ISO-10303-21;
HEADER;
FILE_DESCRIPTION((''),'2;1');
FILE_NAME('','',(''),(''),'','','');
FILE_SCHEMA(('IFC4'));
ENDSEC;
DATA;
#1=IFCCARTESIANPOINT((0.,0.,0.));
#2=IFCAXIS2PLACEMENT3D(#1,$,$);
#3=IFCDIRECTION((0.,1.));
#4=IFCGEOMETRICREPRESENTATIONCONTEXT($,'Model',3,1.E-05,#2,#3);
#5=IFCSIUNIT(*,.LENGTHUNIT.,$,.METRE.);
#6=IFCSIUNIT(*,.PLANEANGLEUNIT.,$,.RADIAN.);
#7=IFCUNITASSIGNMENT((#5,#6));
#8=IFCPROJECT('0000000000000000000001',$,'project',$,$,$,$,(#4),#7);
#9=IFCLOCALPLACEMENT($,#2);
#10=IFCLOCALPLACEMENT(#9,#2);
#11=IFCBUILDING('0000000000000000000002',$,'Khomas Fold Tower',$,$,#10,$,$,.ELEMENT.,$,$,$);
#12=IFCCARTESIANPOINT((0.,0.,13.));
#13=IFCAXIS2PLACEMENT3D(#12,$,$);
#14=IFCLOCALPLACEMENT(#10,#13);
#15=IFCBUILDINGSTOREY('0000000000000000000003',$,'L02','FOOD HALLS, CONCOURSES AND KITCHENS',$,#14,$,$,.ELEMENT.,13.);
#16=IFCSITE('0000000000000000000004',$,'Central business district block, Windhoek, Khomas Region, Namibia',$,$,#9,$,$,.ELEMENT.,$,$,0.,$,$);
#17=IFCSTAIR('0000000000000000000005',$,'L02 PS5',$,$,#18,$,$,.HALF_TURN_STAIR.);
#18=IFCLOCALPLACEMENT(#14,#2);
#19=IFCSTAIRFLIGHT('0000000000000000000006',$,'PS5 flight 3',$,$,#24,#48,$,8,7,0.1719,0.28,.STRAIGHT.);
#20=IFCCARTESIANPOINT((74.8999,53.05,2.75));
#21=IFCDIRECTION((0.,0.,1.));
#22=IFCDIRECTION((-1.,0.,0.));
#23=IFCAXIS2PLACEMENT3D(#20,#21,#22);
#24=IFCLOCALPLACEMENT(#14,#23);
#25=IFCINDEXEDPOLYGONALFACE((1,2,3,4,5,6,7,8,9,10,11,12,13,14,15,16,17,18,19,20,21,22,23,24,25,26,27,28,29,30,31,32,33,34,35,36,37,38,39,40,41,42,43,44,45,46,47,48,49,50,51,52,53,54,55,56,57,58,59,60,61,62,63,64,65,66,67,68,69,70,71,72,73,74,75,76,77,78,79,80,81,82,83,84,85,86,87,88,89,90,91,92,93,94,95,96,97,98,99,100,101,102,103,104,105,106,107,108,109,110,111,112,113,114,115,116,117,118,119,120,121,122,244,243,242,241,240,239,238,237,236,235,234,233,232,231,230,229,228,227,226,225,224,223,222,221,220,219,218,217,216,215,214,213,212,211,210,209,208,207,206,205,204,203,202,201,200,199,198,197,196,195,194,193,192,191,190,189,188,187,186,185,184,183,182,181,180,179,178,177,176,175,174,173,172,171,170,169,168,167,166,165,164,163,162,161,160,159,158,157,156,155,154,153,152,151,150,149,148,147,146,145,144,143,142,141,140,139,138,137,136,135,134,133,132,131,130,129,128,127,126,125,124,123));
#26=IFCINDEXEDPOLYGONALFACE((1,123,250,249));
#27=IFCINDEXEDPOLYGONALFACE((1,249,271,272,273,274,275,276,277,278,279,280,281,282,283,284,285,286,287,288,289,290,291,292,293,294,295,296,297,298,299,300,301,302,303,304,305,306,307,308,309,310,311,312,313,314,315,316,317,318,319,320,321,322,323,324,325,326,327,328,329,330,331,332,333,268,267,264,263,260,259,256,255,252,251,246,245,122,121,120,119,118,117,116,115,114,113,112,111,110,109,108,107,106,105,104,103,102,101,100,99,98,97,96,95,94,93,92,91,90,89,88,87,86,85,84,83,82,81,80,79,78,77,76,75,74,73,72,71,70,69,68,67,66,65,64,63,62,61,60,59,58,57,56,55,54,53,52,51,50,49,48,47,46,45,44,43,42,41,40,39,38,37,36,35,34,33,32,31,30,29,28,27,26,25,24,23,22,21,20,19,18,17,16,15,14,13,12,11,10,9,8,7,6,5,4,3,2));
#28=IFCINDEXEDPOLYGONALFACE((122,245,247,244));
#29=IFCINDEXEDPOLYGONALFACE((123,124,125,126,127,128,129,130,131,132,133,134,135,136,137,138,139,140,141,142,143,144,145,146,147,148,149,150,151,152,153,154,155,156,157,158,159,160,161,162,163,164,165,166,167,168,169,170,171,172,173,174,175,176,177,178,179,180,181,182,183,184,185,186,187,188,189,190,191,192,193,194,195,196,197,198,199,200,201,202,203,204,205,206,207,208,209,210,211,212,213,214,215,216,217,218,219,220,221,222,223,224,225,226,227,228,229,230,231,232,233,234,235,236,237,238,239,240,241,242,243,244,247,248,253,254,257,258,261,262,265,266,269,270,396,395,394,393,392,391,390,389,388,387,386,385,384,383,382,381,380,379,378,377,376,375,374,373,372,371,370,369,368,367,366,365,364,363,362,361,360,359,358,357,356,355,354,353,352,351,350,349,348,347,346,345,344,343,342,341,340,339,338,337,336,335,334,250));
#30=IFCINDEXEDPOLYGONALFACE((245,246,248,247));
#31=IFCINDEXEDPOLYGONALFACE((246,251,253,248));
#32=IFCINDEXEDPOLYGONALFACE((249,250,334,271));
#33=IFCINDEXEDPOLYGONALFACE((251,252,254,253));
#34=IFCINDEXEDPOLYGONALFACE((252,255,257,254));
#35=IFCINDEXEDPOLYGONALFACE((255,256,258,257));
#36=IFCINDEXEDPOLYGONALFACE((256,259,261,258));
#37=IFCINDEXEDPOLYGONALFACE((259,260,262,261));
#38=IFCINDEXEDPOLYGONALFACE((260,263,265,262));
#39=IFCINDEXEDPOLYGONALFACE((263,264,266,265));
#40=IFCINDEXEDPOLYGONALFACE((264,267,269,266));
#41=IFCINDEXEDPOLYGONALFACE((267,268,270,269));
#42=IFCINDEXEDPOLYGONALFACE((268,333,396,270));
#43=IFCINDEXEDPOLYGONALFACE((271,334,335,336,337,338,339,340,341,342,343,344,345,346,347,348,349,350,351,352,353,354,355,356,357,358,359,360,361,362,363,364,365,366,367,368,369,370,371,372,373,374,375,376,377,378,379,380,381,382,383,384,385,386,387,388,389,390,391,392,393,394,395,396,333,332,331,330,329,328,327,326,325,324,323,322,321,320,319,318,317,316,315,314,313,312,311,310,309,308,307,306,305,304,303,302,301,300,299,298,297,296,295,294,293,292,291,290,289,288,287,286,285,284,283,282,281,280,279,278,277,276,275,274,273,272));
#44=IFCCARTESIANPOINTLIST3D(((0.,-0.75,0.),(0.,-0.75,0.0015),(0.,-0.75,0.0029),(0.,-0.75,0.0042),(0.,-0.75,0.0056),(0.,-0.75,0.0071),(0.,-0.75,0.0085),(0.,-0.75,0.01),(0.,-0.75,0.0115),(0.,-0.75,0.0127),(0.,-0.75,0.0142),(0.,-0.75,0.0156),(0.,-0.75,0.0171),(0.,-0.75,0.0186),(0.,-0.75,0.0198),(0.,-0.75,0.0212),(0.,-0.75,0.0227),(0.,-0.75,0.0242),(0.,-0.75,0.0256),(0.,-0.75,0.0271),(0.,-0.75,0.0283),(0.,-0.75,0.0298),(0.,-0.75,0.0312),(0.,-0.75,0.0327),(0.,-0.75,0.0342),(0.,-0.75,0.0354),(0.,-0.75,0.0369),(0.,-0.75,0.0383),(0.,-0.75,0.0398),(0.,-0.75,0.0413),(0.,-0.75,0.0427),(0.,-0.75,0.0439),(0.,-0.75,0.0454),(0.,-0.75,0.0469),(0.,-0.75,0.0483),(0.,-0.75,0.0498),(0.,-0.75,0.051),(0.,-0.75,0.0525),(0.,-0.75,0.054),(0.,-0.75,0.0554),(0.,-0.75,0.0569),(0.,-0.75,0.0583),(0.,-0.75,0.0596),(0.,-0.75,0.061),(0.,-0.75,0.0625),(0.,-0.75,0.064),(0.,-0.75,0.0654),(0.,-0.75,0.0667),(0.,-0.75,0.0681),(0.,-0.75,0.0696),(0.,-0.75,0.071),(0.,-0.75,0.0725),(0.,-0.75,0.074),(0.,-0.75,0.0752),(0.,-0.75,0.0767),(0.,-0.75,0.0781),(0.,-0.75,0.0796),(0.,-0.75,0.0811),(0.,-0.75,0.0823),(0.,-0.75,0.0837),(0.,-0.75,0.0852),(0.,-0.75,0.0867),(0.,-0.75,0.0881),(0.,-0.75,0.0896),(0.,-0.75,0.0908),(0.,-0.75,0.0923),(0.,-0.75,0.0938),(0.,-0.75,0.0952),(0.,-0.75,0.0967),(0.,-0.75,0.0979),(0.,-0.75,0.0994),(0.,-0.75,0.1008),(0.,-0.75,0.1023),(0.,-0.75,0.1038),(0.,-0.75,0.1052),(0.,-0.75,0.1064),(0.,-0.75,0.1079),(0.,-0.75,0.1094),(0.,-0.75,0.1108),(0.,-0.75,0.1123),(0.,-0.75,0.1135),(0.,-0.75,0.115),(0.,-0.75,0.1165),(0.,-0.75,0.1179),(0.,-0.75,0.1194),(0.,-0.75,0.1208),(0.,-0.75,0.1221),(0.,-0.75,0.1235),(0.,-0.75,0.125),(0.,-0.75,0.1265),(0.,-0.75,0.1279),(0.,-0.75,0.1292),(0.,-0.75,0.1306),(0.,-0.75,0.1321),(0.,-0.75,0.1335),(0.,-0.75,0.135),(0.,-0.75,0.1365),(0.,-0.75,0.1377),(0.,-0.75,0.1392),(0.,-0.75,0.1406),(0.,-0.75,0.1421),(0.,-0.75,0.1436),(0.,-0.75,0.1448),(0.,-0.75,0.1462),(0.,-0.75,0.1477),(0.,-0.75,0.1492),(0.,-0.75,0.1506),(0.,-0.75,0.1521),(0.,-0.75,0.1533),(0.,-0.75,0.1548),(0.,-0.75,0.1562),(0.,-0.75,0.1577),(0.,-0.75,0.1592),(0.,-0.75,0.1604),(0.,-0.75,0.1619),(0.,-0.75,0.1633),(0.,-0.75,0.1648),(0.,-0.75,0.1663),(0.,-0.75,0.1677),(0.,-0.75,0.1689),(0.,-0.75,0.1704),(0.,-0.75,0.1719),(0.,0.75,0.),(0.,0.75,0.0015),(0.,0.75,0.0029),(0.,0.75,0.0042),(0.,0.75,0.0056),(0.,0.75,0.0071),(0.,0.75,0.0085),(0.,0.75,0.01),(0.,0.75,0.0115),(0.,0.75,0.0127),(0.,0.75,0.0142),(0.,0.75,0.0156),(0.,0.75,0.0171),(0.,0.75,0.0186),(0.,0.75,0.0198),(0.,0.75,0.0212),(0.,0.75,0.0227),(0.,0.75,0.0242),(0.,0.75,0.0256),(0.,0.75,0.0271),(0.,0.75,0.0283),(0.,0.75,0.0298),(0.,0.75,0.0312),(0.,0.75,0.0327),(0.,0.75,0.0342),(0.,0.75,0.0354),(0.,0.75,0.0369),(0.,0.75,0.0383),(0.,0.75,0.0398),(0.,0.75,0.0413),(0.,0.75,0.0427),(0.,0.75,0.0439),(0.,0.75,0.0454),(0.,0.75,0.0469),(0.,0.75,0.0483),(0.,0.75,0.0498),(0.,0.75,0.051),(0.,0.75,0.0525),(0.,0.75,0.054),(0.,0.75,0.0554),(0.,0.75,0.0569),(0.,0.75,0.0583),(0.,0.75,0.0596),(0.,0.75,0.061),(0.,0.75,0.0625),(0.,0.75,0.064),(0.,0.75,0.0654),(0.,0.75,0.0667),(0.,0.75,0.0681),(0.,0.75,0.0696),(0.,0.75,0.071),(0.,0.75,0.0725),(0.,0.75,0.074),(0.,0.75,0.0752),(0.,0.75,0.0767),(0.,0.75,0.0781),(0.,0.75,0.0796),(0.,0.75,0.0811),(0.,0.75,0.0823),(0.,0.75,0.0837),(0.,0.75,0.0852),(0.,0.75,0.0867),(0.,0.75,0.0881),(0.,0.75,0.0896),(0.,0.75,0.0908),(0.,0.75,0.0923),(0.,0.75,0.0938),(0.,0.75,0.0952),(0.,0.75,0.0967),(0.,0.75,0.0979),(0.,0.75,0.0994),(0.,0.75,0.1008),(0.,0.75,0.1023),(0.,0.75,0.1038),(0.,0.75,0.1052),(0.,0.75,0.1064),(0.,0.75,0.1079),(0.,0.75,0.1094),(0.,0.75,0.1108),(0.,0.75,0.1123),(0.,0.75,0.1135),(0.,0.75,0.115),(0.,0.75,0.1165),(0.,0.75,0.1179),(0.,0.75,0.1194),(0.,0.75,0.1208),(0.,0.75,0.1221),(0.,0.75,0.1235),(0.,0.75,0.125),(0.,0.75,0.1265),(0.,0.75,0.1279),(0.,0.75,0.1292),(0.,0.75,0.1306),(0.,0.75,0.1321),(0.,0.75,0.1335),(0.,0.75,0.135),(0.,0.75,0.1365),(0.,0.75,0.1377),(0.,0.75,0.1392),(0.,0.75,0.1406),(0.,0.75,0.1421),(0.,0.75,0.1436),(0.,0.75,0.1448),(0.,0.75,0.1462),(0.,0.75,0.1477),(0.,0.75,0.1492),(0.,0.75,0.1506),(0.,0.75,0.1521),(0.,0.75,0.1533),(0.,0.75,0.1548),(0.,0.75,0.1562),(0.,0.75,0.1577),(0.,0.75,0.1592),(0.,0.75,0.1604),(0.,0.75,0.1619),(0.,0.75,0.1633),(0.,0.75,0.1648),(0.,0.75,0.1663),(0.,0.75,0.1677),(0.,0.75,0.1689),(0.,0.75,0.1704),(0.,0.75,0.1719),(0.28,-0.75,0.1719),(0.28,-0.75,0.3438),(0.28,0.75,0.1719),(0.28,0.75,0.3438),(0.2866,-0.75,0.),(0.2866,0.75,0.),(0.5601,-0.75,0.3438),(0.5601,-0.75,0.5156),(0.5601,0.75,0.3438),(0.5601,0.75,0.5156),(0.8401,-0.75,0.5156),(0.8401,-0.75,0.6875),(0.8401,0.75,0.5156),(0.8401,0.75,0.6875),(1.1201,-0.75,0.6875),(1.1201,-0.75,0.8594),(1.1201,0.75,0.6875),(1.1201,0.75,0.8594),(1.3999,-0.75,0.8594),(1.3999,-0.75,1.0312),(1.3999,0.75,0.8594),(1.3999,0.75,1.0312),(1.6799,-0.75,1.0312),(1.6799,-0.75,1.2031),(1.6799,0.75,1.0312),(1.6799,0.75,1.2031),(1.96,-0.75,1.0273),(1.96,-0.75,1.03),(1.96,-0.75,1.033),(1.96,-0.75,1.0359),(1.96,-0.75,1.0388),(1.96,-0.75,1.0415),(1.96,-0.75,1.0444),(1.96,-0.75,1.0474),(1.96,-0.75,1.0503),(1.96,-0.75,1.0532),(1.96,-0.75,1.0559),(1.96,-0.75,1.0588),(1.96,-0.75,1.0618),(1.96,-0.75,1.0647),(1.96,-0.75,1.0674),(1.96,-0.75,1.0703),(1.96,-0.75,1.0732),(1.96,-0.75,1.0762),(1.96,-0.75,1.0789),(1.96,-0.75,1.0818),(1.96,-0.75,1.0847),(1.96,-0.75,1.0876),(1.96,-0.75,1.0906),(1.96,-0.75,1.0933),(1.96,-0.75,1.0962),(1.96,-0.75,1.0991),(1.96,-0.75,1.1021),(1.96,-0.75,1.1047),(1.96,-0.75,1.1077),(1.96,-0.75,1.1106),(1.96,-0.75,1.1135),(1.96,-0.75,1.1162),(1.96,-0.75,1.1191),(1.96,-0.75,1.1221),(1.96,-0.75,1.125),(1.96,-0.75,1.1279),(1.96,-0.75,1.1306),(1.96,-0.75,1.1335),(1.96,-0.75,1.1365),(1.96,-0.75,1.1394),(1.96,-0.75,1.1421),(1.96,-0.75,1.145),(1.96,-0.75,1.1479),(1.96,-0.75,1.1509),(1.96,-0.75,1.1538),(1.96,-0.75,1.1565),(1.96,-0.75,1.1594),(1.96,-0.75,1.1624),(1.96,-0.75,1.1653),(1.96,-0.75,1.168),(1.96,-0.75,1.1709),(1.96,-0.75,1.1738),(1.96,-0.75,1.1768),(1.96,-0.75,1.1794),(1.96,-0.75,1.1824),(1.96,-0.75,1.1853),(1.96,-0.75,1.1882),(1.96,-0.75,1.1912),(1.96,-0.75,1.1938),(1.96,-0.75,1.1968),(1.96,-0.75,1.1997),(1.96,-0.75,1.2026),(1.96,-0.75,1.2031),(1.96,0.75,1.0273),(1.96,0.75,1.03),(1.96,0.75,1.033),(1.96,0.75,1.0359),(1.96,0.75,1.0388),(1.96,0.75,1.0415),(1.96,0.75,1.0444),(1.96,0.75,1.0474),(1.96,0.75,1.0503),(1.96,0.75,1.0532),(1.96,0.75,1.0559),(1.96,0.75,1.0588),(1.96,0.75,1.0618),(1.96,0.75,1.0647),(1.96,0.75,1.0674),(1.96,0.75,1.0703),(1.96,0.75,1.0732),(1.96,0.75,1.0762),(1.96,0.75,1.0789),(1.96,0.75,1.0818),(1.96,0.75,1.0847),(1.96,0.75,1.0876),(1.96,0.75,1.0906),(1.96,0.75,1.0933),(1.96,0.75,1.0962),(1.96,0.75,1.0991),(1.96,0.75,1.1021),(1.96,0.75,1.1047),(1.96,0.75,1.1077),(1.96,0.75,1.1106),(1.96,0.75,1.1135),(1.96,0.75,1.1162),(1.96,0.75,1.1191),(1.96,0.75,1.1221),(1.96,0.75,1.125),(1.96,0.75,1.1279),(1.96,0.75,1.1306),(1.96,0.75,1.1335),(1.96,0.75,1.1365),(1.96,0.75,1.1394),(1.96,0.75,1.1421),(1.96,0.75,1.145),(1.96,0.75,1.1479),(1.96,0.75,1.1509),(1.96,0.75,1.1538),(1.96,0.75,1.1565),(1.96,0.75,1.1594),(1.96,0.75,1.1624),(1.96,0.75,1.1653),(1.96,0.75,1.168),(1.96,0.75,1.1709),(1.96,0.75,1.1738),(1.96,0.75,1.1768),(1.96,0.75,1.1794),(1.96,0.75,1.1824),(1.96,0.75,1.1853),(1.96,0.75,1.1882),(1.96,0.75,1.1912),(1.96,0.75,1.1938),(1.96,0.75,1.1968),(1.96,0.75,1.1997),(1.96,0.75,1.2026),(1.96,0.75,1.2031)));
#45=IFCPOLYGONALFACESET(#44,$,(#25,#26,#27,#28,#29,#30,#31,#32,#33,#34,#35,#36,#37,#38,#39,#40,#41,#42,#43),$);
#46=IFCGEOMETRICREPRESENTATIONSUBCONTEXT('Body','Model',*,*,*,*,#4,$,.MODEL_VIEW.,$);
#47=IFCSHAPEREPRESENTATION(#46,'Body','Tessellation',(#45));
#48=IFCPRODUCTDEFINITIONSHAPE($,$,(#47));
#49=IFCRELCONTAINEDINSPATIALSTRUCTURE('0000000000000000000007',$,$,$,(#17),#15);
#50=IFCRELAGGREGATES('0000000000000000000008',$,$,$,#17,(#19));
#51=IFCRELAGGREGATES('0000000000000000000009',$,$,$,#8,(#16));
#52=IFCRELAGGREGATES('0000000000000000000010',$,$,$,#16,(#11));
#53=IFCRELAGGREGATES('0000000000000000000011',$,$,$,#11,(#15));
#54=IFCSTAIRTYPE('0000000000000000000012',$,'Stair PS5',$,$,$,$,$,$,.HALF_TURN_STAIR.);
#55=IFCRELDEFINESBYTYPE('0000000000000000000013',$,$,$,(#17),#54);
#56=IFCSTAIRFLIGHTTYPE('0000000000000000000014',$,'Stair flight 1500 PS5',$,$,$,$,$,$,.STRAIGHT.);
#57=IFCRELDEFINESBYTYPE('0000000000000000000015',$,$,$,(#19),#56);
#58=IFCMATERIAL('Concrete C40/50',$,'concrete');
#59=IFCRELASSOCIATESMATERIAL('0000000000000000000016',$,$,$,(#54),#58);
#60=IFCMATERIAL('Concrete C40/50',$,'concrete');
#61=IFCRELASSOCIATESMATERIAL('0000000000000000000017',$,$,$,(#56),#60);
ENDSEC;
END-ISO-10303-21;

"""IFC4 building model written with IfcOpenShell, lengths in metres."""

from ifc_helpers import new_model, si_unit, direction, frame, origin, place, context, subcontext, project, spatial, polyline, outline, extrude, source, transform, mapped, material, type_object, element, aggregate, save


model = new_model("IFC4")

# Units and contexts
model_context = context("Model", 3, precision=1e-05, world=origin(), true_north=direction((0.0, 1.0)))
body_context = subcontext(model_context, "Body", "Model", "MODEL_VIEW")
ifc_project = project(units=[si_unit("LENGTHUNIT", "METRE"), si_unit("PLANEANGLEUNIT", "RADIAN")], contexts=[model_context])

# Site, building, storey
site_placement = place(None, origin())
site = spatial("IfcSite", under=ifc_project, at=site_placement, Name="Central business district block, Windhoek, Khomas Region, Namibia", CompositionType="ELEMENT", RefElevation=0.0)
building_placement = place(site_placement, origin())
building = spatial("IfcBuilding", under=site, at=building_placement, Name="Khomas Fold Tower", CompositionType="ELEMENT")
storey_placement = place(building_placement, frame((0.0, 0.0, 13.0)))
storey = spatial("IfcBuildingStorey", under=building, at=storey_placement, Name="L02", Description="FOOD HALLS, CONCOURSES AND KITCHENS", CompositionType="ELEMENT", Elevation=13.0)

# Stair, stair flight
ifc_material_1 = material(Name="Concrete C40/50", Category="concrete")
stair_type = type_object("IfcStairType", Name="Stair PS5", PredefinedType="HALF_TURN_STAIR", material=ifc_material_1)
stair_placement = place(storey_placement, origin())
stair = element("IfcStair", 1, at=stair_placement, inside=storey, type_object=stair_type, Name="L02 PS5", PredefinedType="HALF_TURN_STAIR")
ifc_material_2 = material(Name="Concrete C40/50", Category="concrete")
stair_flight_type = type_object("IfcStairFlightType", Name="Stair flight 1500 PS5", PredefinedType="STRAIGHT", material=ifc_material_2)
shared_shape_1 = source(origin(), body_context, "Body", "SweptSolid", [
    extrude(outline(polyline([(0.0, 0.0), (0.0, 0.0015), (0.0, 0.0029), (0.0, 0.0042), (0.0, 0.0056), (0.0, 0.0071), (0.0, 0.0085), (0.0, 0.01), (0.0, 0.0115), (0.0, 0.0127), (0.0, 0.0142), (0.0, 0.0156), (0.0, 0.0171), (0.0, 0.0186), (0.0, 0.0198), (0.0, 0.0212), (0.0, 0.0227), (0.0, 0.0242), (0.0, 0.0256), (0.0, 0.0271), (0.0, 0.0283), (0.0, 0.0298), (0.0, 0.0312), (0.0, 0.0327), (0.0, 0.0342), (0.0, 0.0354), (0.0, 0.0369), (0.0, 0.0383), (0.0, 0.0398), (0.0, 0.0413), (0.0, 0.0427), (0.0, 0.0439), (0.0, 0.0454), (0.0, 0.0469), (0.0, 0.0483), (0.0, 0.0498), (0.0, 0.051), (0.0, 0.0525), (0.0, 0.054), (0.0, 0.0554), (0.0, 0.0569), (0.0, 0.0583), (0.0, 0.0596), (0.0, 0.061), (0.0, 0.0625), (0.0, 0.064), (0.0, 0.0654), (0.0, 0.0667), (0.0, 0.0681), (0.0, 0.0696), (0.0, 0.071), (0.0, 0.0725), (0.0, 0.074), (0.0, 0.0752), (0.0, 0.0767), (0.0, 0.0781), (0.0, 0.0796), (0.0, 0.0811), (0.0, 0.0823), (0.0, 0.0837), (0.0, 0.0852), (0.0, 0.0867), (0.0, 0.0881), (0.0, 0.0896), (0.0, 0.0908), (0.0, 0.0923), (0.0, 0.0938), (0.0, 0.0952), (0.0, 0.0967), (0.0, 0.0979), (0.0, 0.0994), (0.0, 0.1008), (0.0, 0.1023), (0.0, 0.1038), (0.0, 0.1052), (0.0, 0.1064), (0.0, 0.1079), (0.0, 0.1094), (0.0, 0.1108), (0.0, 0.1123), (0.0, 0.1135), (0.0, 0.115), (0.0, 0.1165), (0.0, 0.1179), (0.0, 0.1194), (0.0, 0.1208), (0.0, 0.1221), (0.0, 0.1235), (0.0, 0.125), (0.0, 0.1265), (0.0, 0.1279), (0.0, 0.1292), (0.0, 0.1306), (0.0, 0.1321), (0.0, 0.1335), (0.0, 0.135), (0.0, 0.1365), (0.0, 0.1377), (0.0, 0.1392), (0.0, 0.1406), (0.0, 0.1421), (0.0, 0.1436), (0.0, 0.1448), (0.0, 0.1462), (0.0, 0.1477), (0.0, 0.1492), (0.0, 0.1506), (0.0, 0.1521), (0.0, 0.1533), (0.0, 0.1548), (0.0, 0.1562), (0.0, 0.1577), (0.0, 0.1592), (0.0, 0.1604), (0.0, 0.1619), (0.0, 0.1633), (0.0, 0.1648), (0.0, 0.1663), (0.0, 0.1677), (0.0, 0.1689), (0.0, 0.1704), (0.0, 0.1719), (0.28, 0.1719), (0.28, 0.3438), (0.5601, 0.3438), (0.5601, 0.5156), (0.8401, 0.5156), (0.8401, 0.6875), (1.1201, 0.6875), (1.1201, 0.8594), (1.3999, 0.8594), (1.3999, 1.0312), (1.6799, 1.0312), (1.6799, 1.2031), (1.96, 1.2031), (1.96, 1.375), (1.96, 1.3721), (1.96, 1.3691), (1.96, 1.3665), (1.96, 1.3635), (1.96, 1.3606), (1.96, 1.3577), (1.96, 1.355), (1.96, 1.3521), (1.96, 1.3491), (1.96, 1.3462), (1.96, 1.3435), (1.96, 1.3406), (1.96, 1.3376), (1.96, 1.3347), (1.96, 1.3318), (1.96, 1.3291), (1.96, 1.3262), (1.96, 1.3232), (1.96, 1.3203), (1.96, 1.3176), (1.96, 1.3147), (1.96, 1.3118), (1.96, 1.3088), (1.96, 1.3059), (1.96, 1.3032), (1.96, 1.3003), (1.96, 1.2974), (1.96, 1.2944), (1.96, 1.2917), (1.96, 1.2888), (1.96, 1.2859), (1.96, 1.283), (1.96, 1.2803), (1.96, 1.2773), (1.96, 1.2744), (1.96, 1.2715), (1.96, 1.2686), (1.96, 1.2659), (1.96, 1.2629), (1.96, 1.26), (1.96, 1.2571), (1.96, 1.2544), (1.96, 1.2515), (1.96, 1.2485), (1.96, 1.2456), (1.96, 1.2427), (1.96, 1.24), (1.96, 1.2371), (1.96, 1.2341), (1.96, 1.2312), (1.96, 1.2285), (1.96, 1.2256), (1.96, 1.2227), (1.96, 1.2197), (1.96, 1.217), (1.96, 1.2141), (1.96, 1.2112), (1.96, 1.2083), (1.96, 1.2053), (1.96, 1.2026), (1.96, 1.1997), (1.96, 1.1968), (1.96, 1.1938), (1.96, 1.1912), (1.96, 1.1882), (1.96, 1.1853), (1.96, 1.1824), (1.96, 1.1794), (1.96, 1.1768), (1.96, 1.1738), (1.96, 1.1709), (1.96, 1.168), (1.96, 1.1653), (1.96, 1.1624), (1.96, 1.1594), (1.96, 1.1565), (1.96, 1.1538), (1.96, 1.1509), (1.96, 1.1479), (1.96, 1.145), (1.96, 1.1421), (1.96, 1.1394), (1.96, 1.1365), (1.96, 1.1335), (1.96, 1.1306), (1.96, 1.1279), (1.96, 1.125), (1.96, 1.1221), (1.96, 1.1191), (1.96, 1.1162), (1.96, 1.1135), (1.96, 1.1106), (1.96, 1.1077), (1.96, 1.1047), (1.96, 1.1021), (1.96, 1.0991), (1.96, 1.0962), (1.96, 1.0933), (1.96, 1.0906), (1.96, 1.0876), (1.96, 1.0847), (1.96, 1.0818), (1.96, 1.0789), (1.96, 1.0762), (1.96, 1.0732), (1.96, 1.0703), (1.96, 1.0674), (1.96, 1.0647), (1.96, 1.0618), (1.96, 1.0588), (1.96, 1.0559), (1.96, 1.0532), (1.96, 1.0503), (1.96, 1.0474), (1.96, 1.0444), (1.96, 1.0415), (1.96, 1.0388), (1.96, 1.0359), (1.96, 1.033), (1.96, 1.03), (1.96, 1.0273), (0.2866, 0.0), (0.0, 0.0)])), frame((0.0, 0.75, 0.0), z_axis=(0.0, -1.0, 0.0), x_axis=(1.0, 0.0, 0.0)), (0.0, 0.0, 1.0), 1.5),
])
stair_flight_1_placement = place(storey_placement, frame((74.8999, 53.05, 2.75), z_axis=(0.0, 0.0, 1.0), x_axis=(-1.0, 0.0, 0.0)))
stair_flight_1 = element("IfcStairFlight", 2, at=stair_flight_1_placement, type_object=stair_flight_type, Name="PS5 flight 3", NumberOfRisers=8, NumberOfTreads=7, PredefinedType="STRAIGHT", RiserHeight=0.1719, TreadLength=0.28, context=body_context, shape_type="MappedRepresentation", body=[
    mapped(shared_shape_1, transform((0.0, 0.0, 0.0))),
])
aggregate(stair, [stair_flight_1])

save(model, "model.ifc")
